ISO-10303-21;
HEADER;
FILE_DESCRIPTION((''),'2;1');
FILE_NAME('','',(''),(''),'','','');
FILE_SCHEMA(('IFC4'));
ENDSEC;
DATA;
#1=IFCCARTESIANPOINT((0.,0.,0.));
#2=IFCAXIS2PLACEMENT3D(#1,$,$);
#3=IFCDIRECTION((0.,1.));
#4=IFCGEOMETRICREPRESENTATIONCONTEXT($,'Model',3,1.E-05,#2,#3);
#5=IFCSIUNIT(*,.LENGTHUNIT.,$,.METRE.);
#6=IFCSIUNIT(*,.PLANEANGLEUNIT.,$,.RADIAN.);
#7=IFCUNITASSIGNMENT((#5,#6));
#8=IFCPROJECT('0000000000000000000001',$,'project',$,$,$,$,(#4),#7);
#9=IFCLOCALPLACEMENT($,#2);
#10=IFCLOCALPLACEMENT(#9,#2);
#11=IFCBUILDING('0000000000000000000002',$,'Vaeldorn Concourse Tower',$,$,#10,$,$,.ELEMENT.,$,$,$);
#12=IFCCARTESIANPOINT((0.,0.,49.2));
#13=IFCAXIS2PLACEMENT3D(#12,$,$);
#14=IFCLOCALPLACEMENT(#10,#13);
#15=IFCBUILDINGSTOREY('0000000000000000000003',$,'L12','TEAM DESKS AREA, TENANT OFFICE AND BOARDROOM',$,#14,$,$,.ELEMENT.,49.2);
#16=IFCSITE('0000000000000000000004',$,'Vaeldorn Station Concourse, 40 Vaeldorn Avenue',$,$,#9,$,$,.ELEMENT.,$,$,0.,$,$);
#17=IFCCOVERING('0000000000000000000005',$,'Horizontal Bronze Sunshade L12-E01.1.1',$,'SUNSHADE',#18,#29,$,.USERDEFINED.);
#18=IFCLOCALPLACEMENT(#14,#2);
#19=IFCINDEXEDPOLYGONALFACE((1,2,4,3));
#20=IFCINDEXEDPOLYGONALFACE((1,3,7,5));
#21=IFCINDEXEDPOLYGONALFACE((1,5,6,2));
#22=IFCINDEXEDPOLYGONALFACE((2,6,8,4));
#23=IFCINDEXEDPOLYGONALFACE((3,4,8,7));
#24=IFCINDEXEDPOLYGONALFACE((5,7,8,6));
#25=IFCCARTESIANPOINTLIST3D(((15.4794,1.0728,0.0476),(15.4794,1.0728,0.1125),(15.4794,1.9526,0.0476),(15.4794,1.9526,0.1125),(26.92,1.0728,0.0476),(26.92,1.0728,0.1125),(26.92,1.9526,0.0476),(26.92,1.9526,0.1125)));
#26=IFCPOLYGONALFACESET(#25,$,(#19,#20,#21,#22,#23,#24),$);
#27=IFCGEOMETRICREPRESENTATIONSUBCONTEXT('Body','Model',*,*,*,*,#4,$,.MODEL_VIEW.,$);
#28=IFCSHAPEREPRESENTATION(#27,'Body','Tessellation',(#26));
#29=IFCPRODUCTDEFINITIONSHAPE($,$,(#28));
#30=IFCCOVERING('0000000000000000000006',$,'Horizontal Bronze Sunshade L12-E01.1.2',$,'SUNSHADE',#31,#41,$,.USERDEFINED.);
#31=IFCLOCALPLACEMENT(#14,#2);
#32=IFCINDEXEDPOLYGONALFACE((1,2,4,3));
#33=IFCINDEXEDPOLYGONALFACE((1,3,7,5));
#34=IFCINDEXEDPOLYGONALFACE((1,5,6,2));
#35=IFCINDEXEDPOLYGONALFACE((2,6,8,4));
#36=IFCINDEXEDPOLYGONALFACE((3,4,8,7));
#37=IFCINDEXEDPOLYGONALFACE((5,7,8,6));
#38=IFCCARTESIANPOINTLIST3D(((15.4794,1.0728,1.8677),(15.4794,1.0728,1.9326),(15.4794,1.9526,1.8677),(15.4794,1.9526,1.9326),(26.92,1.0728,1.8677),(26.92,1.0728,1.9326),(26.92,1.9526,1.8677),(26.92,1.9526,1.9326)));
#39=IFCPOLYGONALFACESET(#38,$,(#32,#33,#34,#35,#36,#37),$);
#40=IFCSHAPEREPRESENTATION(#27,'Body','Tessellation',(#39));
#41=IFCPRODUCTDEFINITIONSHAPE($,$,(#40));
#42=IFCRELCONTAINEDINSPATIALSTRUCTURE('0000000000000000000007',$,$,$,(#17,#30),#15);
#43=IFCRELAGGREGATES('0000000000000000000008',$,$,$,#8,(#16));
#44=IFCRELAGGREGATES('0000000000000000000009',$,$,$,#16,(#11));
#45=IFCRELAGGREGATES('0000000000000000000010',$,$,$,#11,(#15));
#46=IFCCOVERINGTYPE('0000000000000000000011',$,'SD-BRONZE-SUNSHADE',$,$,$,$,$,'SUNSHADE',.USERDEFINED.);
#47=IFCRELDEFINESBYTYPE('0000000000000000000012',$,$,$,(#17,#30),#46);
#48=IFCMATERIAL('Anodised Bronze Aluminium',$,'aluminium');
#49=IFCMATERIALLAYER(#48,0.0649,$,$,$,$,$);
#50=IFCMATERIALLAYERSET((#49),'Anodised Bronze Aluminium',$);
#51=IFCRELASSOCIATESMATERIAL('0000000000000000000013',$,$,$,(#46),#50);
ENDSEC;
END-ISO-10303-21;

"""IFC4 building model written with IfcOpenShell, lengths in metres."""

from ifc_helpers import new_model, si_unit, direction, frame, origin, origin_2d, place, context, subcontext, project, spatial, rectangle, extrude, source, transform, mapped, material, layer, layer_set, type_object, element, save


model = new_model("IFC4")

# Units and contexts
model_context = context("Model", 3, precision=1e-05, world=origin(), true_north=direction((0.0, 1.0)))
body_context = subcontext(model_context, "Body", "Model", "MODEL_VIEW")
ifc_project = project(units=[si_unit("LENGTHUNIT", "METRE"), si_unit("PLANEANGLEUNIT", "RADIAN")], contexts=[model_context])

# Site, building, storey
site_placement = place(None, origin())
site = spatial("IfcSite", under=ifc_project, at=site_placement, Name="Vaeldorn Station Concourse, 40 Vaeldorn Avenue", CompositionType="ELEMENT", RefElevation=0.0)
building_placement = place(site_placement, origin())
building = spatial("IfcBuilding", under=site, at=building_placement, Name="Vaeldorn Concourse Tower", CompositionType="ELEMENT")
storey_placement = place(building_placement, frame((0.0, 0.0, 49.2)))
storey = spatial("IfcBuildingStorey", under=building, at=storey_placement, Name="L12", Description="TEAM DESKS AREA, TENANT OFFICE AND BOARDROOM", CompositionType="ELEMENT", Elevation=49.2)

# Shared definitions
ifc_material_1 = material(Name="Anodised Bronze Aluminium", Category="aluminium")

# Coverings
ifc_layer_1 = layer(ifc_material_1, 0.0649)
ifc_layer_set_1 = layer_set([ifc_layer_1], Name="Anodised Bronze Aluminium")
covering_type = type_object("IfcCoveringType", Name="SD-BRONZE-SUNSHADE", ElementType="SUNSHADE", PredefinedType="USERDEFINED", material=ifc_layer_set_1)
shared_shape_1 = source(origin(), body_context, "Body", "SweptSolid", [
    extrude(rectangle(XDim=11.4407, YDim=0.8799, at=origin_2d()), origin(), (0.0, 0.0, 1.0), 0.0649),
])
for number, where, z_axis, x_axis, name in (
    (1, (21.1997, 1.5127, 0.0476), (0.0, 0.0, 1.0), (1.0, 0.0, 0.0), "Horizontal Bronze Sunshade L12-E01.1.1"),
    (2, (21.1997, 1.5127, 1.8677), (0.0, 0.0, 1.0), (1.0, 0.0, 0.0), "Horizontal Bronze Sunshade L12-E01.1.2"),
):
    element("IfcCovering", number, at=place(storey_placement, frame(where, z_axis=z_axis, x_axis=x_axis)), inside=storey, type_object=covering_type, Name=name, ObjectType="SUNSHADE", PredefinedType="USERDEFINED", context=body_context, shape_type="MappedRepresentation", body=[
        mapped(shared_shape_1, transform((0.0, 0.0, 0.0), scale=1.0)),
    ])

save(model, "model.ifc")
